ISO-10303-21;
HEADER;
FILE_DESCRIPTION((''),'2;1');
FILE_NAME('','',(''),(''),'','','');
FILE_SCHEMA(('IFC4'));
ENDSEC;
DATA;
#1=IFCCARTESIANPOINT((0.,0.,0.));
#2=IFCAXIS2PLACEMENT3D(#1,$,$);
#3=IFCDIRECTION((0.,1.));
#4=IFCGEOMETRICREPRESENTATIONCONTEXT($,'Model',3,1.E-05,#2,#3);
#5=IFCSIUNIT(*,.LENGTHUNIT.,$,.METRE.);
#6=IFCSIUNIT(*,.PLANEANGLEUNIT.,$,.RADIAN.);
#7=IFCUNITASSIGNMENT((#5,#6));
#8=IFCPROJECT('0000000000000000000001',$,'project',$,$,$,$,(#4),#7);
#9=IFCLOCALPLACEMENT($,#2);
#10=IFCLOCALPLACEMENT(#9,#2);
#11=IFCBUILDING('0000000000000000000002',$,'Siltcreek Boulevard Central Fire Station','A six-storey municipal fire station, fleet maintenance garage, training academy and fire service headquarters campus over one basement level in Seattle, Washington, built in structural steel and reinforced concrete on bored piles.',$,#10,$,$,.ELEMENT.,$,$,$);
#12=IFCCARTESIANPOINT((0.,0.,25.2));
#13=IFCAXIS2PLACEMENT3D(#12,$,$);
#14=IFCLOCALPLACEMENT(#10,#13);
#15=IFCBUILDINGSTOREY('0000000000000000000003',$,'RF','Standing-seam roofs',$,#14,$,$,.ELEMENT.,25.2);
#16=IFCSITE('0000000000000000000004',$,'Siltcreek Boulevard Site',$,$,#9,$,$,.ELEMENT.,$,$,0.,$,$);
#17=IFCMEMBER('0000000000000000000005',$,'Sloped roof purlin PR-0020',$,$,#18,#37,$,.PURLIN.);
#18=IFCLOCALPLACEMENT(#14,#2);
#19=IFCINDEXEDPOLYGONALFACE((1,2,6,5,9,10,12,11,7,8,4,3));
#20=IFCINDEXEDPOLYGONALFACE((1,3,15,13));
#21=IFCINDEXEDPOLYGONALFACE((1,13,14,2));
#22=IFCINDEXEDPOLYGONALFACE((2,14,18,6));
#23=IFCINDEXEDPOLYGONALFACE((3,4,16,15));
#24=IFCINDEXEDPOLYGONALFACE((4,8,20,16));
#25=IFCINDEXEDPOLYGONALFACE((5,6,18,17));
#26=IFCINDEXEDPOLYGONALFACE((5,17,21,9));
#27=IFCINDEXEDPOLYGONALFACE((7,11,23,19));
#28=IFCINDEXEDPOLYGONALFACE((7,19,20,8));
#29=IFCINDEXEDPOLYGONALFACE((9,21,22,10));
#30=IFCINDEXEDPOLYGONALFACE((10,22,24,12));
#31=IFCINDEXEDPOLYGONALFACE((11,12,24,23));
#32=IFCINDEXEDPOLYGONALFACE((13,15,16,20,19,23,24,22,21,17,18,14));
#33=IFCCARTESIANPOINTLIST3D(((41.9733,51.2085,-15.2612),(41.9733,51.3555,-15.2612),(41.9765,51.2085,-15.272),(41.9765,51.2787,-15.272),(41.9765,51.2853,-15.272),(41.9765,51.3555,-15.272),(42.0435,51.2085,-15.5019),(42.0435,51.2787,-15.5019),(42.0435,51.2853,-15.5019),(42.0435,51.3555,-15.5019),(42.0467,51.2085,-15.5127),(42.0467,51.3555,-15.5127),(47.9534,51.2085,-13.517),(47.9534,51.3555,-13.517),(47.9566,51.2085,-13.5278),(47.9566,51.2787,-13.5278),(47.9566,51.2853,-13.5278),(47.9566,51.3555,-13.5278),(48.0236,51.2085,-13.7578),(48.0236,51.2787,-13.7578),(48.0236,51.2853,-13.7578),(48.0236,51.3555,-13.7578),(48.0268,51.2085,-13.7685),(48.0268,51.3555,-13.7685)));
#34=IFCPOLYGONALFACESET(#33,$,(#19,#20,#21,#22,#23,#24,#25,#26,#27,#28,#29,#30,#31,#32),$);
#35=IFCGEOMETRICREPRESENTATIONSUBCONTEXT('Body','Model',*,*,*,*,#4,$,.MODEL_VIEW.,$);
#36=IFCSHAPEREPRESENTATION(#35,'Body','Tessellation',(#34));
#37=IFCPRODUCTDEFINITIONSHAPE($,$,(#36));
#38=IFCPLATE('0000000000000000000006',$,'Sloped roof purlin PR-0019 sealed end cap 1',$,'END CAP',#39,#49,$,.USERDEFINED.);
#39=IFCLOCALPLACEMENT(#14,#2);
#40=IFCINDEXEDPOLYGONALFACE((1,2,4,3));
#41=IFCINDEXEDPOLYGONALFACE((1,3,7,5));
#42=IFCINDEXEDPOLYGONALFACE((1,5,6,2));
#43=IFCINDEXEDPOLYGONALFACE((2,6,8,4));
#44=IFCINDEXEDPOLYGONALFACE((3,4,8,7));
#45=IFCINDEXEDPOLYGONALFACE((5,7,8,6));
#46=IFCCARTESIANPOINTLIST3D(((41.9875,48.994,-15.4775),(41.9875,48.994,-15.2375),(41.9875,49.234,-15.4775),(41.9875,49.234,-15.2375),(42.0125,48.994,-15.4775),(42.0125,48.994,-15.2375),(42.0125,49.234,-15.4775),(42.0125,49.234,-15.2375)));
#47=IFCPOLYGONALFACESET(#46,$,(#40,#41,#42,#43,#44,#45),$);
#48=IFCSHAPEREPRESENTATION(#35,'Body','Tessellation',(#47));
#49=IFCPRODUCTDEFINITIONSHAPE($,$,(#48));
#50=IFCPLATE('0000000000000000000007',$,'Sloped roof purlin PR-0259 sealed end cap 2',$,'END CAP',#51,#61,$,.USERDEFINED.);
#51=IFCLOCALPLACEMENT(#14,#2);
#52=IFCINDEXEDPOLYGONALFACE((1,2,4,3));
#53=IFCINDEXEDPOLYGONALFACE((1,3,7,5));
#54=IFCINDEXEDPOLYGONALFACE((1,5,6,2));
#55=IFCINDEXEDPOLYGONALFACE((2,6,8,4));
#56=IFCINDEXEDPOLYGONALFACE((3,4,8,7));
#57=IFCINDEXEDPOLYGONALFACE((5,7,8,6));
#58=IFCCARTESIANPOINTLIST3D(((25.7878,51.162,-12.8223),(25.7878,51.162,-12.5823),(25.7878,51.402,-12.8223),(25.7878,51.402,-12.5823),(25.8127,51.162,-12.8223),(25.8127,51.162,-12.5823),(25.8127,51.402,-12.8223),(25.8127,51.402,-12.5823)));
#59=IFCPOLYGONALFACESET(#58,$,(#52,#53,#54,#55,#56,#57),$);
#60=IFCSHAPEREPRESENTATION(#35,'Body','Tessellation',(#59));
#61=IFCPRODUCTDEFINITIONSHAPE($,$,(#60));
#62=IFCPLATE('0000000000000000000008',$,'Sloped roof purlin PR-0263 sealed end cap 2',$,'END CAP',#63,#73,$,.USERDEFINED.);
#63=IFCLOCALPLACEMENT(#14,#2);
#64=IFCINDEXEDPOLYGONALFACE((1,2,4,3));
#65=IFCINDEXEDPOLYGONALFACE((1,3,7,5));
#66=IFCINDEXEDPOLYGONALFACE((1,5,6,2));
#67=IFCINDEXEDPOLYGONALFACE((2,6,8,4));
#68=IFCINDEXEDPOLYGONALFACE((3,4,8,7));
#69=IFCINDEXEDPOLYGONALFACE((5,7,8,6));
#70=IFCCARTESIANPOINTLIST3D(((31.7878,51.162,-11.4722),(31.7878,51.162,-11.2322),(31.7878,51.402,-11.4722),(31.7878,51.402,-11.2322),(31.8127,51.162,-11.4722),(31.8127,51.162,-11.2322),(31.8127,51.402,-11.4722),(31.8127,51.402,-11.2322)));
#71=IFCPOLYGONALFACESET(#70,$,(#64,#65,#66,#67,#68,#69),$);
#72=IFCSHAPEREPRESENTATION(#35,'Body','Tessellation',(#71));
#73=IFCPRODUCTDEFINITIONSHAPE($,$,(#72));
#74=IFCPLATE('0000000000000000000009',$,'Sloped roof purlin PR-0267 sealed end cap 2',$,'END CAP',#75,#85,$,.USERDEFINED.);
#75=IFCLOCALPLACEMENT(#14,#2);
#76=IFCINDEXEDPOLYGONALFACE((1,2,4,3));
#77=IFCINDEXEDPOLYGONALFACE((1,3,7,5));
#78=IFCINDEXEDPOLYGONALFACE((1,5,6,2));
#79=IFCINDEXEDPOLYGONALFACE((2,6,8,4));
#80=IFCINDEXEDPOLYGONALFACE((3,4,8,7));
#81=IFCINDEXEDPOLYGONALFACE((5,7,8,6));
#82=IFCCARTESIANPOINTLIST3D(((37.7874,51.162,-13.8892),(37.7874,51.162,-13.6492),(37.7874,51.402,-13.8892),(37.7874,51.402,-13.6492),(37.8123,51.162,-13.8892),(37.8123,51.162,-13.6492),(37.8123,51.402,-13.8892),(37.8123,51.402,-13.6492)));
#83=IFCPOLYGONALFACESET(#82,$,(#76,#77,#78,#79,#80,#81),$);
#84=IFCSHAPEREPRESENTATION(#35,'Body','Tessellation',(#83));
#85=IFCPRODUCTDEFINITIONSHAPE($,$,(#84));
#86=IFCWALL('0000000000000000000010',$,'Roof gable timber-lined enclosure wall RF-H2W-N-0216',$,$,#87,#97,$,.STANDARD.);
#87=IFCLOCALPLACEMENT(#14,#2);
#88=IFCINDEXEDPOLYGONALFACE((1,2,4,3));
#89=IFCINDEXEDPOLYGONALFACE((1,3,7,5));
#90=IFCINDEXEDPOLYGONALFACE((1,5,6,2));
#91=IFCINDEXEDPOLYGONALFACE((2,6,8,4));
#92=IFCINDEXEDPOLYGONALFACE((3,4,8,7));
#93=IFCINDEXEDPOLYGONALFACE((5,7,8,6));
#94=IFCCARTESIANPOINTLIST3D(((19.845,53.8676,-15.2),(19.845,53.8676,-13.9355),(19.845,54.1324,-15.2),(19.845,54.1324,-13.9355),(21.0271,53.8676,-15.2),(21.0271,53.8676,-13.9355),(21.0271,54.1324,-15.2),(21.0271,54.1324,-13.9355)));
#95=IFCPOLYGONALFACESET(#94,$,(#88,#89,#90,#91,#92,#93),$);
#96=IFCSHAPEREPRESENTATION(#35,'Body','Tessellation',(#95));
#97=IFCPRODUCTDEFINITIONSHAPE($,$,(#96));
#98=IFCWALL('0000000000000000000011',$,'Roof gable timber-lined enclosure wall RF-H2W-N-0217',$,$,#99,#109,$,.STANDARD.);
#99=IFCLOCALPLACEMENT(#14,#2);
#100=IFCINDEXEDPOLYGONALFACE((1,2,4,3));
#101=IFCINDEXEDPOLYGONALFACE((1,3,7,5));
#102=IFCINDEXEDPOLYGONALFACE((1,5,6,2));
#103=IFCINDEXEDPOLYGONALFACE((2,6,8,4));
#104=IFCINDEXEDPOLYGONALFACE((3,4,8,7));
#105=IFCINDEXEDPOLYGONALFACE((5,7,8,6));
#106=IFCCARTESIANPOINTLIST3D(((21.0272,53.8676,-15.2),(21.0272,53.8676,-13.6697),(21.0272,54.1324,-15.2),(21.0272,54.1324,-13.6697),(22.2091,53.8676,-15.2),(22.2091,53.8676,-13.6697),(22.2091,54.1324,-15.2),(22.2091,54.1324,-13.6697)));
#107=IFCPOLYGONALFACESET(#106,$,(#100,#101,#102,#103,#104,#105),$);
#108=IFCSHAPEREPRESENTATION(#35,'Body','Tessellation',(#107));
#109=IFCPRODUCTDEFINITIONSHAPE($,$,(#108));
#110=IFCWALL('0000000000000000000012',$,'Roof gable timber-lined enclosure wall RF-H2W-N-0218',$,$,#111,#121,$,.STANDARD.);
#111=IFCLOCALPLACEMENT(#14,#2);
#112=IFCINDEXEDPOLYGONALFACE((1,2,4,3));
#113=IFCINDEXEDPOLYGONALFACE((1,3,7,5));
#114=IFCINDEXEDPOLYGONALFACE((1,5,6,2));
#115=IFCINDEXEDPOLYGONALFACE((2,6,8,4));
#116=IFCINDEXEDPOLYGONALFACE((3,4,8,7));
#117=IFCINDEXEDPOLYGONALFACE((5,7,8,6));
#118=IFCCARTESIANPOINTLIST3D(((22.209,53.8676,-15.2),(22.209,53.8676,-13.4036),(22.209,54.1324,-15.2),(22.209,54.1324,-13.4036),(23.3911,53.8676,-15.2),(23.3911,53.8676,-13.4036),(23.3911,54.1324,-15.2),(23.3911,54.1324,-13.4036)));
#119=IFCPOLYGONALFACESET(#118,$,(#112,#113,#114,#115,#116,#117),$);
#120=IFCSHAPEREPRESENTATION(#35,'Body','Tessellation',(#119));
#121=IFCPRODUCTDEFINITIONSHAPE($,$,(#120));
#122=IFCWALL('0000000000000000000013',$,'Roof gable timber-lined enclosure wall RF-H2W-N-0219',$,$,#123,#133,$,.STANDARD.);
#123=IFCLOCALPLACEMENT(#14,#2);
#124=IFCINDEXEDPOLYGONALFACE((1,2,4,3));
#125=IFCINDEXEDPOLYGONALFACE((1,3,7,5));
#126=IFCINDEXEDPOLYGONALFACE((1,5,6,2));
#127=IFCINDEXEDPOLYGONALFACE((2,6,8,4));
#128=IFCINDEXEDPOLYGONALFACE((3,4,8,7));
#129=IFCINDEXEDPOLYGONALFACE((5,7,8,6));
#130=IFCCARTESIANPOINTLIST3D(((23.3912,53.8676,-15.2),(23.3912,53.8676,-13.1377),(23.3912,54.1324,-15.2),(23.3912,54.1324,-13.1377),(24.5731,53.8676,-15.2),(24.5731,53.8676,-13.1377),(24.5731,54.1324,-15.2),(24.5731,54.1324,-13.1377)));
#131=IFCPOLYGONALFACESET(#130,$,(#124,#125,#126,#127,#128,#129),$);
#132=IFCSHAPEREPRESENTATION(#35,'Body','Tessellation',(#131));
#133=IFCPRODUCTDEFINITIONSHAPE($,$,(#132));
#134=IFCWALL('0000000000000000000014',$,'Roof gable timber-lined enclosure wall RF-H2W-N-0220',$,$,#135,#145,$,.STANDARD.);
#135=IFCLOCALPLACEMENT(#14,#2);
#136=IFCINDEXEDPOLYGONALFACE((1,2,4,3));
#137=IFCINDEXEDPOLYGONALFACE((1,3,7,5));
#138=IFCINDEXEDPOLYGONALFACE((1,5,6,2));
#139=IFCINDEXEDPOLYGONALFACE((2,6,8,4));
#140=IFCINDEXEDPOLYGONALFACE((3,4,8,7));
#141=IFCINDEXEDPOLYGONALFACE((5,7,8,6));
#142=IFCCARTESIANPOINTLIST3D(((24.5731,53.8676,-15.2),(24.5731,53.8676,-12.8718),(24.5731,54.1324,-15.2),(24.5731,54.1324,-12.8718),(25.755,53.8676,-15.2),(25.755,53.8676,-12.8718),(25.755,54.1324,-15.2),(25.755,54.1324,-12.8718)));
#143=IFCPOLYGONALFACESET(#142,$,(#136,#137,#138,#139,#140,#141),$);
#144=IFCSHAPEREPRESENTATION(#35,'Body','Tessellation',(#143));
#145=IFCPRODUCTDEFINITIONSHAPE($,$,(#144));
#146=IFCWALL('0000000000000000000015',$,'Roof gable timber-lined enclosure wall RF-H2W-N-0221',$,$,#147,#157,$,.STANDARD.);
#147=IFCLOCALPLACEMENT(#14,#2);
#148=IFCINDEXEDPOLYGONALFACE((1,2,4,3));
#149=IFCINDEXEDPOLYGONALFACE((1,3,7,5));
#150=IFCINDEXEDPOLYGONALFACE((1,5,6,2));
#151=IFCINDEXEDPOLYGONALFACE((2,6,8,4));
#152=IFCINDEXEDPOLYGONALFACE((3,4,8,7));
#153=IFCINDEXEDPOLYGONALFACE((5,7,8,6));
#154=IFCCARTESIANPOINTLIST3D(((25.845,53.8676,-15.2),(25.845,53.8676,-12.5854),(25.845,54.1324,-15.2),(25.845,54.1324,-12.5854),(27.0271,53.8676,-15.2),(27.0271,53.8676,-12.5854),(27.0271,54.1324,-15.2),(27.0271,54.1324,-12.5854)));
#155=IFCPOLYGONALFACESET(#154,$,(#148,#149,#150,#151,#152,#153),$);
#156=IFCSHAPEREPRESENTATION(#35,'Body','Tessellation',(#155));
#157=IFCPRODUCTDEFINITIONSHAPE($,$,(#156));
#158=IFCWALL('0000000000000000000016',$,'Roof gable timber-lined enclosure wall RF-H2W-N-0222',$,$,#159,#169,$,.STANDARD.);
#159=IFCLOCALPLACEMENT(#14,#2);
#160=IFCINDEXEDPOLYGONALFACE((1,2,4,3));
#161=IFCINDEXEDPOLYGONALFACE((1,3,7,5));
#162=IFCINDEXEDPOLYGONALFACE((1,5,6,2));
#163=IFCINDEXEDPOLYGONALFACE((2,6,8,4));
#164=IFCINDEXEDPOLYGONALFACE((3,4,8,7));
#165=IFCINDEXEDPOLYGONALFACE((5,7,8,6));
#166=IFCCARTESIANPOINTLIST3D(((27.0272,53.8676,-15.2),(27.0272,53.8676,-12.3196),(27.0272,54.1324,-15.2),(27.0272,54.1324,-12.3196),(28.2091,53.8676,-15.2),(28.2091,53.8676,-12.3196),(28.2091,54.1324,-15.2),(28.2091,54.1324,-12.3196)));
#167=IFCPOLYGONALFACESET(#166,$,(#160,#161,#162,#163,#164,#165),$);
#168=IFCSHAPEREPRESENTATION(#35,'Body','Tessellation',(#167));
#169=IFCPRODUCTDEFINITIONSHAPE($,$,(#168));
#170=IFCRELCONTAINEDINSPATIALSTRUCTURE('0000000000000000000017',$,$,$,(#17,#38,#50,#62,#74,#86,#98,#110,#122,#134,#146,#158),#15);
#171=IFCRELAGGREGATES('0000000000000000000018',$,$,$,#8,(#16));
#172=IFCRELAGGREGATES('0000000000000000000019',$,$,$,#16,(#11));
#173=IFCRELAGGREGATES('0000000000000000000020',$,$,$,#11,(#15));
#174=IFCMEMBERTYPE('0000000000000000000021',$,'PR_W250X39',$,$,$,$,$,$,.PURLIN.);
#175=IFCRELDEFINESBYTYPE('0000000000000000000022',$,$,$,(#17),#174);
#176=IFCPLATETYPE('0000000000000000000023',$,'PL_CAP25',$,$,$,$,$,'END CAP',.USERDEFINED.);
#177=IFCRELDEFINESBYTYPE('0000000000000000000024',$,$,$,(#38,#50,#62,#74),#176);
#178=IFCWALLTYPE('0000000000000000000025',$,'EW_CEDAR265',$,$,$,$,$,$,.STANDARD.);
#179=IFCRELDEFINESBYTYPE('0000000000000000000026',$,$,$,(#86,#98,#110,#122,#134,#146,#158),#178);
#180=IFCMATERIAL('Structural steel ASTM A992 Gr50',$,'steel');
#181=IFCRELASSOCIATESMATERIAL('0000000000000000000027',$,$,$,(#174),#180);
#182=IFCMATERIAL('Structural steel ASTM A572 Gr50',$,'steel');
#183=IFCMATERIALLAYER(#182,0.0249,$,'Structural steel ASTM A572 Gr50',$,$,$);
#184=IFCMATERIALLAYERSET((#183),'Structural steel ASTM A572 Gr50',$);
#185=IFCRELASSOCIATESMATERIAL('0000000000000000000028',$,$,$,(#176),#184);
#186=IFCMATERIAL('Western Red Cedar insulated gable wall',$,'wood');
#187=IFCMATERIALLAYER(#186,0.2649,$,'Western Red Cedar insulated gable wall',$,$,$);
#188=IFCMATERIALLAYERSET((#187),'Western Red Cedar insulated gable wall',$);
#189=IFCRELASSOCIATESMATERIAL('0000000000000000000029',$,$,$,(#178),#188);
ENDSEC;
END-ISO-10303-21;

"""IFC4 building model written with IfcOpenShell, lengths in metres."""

from ifc_helpers import new_model, si_unit, direction, frame, frame_2d, origin, origin_2d, place, context, subcontext, project, spatial, rectangle, i_section, extrude, material, layer, layer_set, material_profile, profile_set, type_object, element, save


model = new_model("IFC4")

# Units and contexts
model_context = context("Model", 3, precision=1e-05, world=origin(), true_north=direction((0.0, 1.0)))
body_context = subcontext(model_context, "Body", "Model", "MODEL_VIEW")
ifc_project = project(units=[si_unit("LENGTHUNIT", "METRE"), si_unit("PLANEANGLEUNIT", "RADIAN")], contexts=[model_context])

# Site, building, storey
site_placement = place(None, origin())
site = spatial("IfcSite", under=ifc_project, at=site_placement, Name="Siltcreek Boulevard Site", CompositionType="ELEMENT", RefElevation=0.0)
building_placement = place(site_placement, origin())
building = spatial("IfcBuilding", under=site, at=building_placement, Name="Siltcreek Boulevard Central Fire Station", Description="A six-storey municipal fire station, fleet maintenance garage, training academy and fire service headquarters campus over one basement level in Seattle, Washington, built in structural steel and reinforced concrete on bored piles.", CompositionType="ELEMENT")
storey_placement = place(building_placement, frame((0.0, 0.0, 25.2)))
storey = spatial("IfcBuildingStorey", under=building, at=storey_placement, Name="RF", Description="Standing-seam roofs", CompositionType="ELEMENT", Elevation=25.2)

# Member
ifc_material_1 = material(Name="Structural steel ASTM A992 Gr50", Category="steel")
ifc_material_profile_1 = material_profile(ifc_material_1, i_section(OverallWidth=0.147, OverallDepth=0.262, WebThickness=0.0066, FlangeThickness=0.0112, at=origin_2d()), Name="W250X39")
ifc_profile_set_1 = profile_set([ifc_material_profile_1], Name="Structural steel ASTM A992 Gr50")
member_type_1 = type_object("IfcMemberType", Name="PR_W250X39", PredefinedType="PURLIN", material=ifc_profile_set_1)
member_1_placement = place(storey_placement, frame((42.01, 51.282, -15.387), z_axis=(0.960001, 0.0, 0.279997), x_axis=(0.0, 1.0, 0.0)))
element("IfcMember", 1, at=member_1_placement, inside=storey, type_object=member_type_1, Name="Sloped roof purlin PR-0020", PredefinedType="PURLIN", context=body_context, shape_type="SweptSolid", body=[
    extrude(i_section(OverallWidth=0.147, OverallDepth=0.262, WebThickness=0.0066, FlangeThickness=0.0112, at=origin_2d()), origin(), (0.0, 0.0, 1.0), 6.2292),
])

# Plates
ifc_material_2 = material(Name="Structural steel ASTM A572 Gr50", Category="steel")
ifc_layer_1 = layer(ifc_material_2, 0.0249, Name="Structural steel ASTM A572 Gr50")
ifc_layer_set_1 = layer_set([ifc_layer_1], Name="Structural steel ASTM A572 Gr50")
plate_type = type_object("IfcPlateType", Name="PL_CAP25", ElementType="END CAP", PredefinedType="USERDEFINED", material=ifc_layer_set_1)
for number, where, z_axis, x_axis, name in (
    (2, (42.0, 49.114, -15.4775), (0.0, 0.0, 1.0), (1.0, 0.0, 0.0), "Sloped roof purlin PR-0019 sealed end cap 1"),
    (3, (25.8003, 51.282, -12.8223), (0.0, 0.0, 1.0), (1.0, 0.0, 0.0), "Sloped roof purlin PR-0259 sealed end cap 2"),
    (4, (31.8003, 51.282, -11.4722), (0.0, 0.0, 1.0), (1.0, 0.0, 0.0), "Sloped roof purlin PR-0263 sealed end cap 2"),
    (5, (37.7998, 51.282, -13.8892), (0.0, 0.0, 1.0), (1.0, 0.0, 0.0), "Sloped roof purlin PR-0267 sealed end cap 2"),
):
    element("IfcPlate", number, at=place(storey_placement, frame(where, z_axis=z_axis, x_axis=x_axis)), inside=storey, type_object=plate_type, Name=name, ObjectType="END CAP", PredefinedType="USERDEFINED", context=body_context, shape_type="SweptSolid", body=[
        extrude(rectangle(XDim=0.0249, YDim=0.24, at=origin_2d()), origin(), (0.0, 0.0, 1.0), 0.24),
    ])

# Walls
ifc_material_3 = material(Name="Western Red Cedar insulated gable wall", Category="wood")
ifc_layer_2 = layer(ifc_material_3, 0.2649, Name="Western Red Cedar insulated gable wall")
ifc_layer_set_2 = layer_set([ifc_layer_2], Name="Western Red Cedar insulated gable wall")
wall_type = type_object("IfcWallType", Name="EW_CEDAR265", PredefinedType="STANDARD", material=ifc_layer_set_2)
wall_1_placement = place(storey_placement, frame((21.0271, 54.0, -15.2), z_axis=(0.0, 0.0, 1.0), x_axis=(-1.0, 0.0, 0.0)))
element("IfcWall", 6, at=wall_1_placement, inside=storey, type_object=wall_type, Name="Roof gable timber-lined enclosure wall RF-H2W-N-0216", PredefinedType="STANDARD", context=body_context, shape_type="SweptSolid", body=[
    extrude(rectangle(XDim=1.1821, YDim=0.2649, at=frame_2d((0.5911, 0.0))), origin(), (0.0, 0.0, 1.0), 1.2644),
])
wall_2_placement = place(storey_placement, frame((22.209, 54.0, -15.2), z_axis=(0.0, 0.0, 1.0), x_axis=(-1.0, 0.0, 0.0)))
element("IfcWall", 7, at=wall_2_placement, inside=storey, type_object=wall_type, Name="Roof gable timber-lined enclosure wall RF-H2W-N-0217", PredefinedType="STANDARD", context=body_context, shape_type="SweptSolid", body=[
    extrude(rectangle(XDim=1.1819, YDim=0.2649, at=frame_2d((0.5908, 0.0))), origin(), (0.0, 0.0, 1.0), 1.5303),
])
wall_3_placement = place(storey_placement, frame((23.3911, 54.0, -15.2), z_axis=(0.0, 0.0, 1.0), x_axis=(-1.0, 0.0, 0.0)))
element("IfcWall", 8, at=wall_3_placement, inside=storey, type_object=wall_type, Name="Roof gable timber-lined enclosure wall RF-H2W-N-0218", PredefinedType="STANDARD", context=body_context, shape_type="SweptSolid", body=[
    extrude(rectangle(XDim=1.1821, YDim=0.2649, at=frame_2d((0.5911, 0.0))), origin(), (0.0, 0.0, 1.0), 1.7964),
])
wall_4_placement = place(storey_placement, frame((24.573, 54.0, -15.2), z_axis=(0.0, 0.0, 1.0), x_axis=(-1.0, 0.0, 0.0)))
element("IfcWall", 9, at=wall_4_placement, inside=storey, type_object=wall_type, Name="Roof gable timber-lined enclosure wall RF-H2W-N-0219", PredefinedType="STANDARD", context=body_context, shape_type="SweptSolid", body=[
    extrude(rectangle(XDim=1.1819, YDim=0.2649, at=frame_2d((0.5908, 0.0))), origin(), (0.0, 0.0, 1.0), 2.0623),
])
wall_5_placement = place(storey_placement, frame((25.7549, 54.0, -15.2), z_axis=(0.0, 0.0, 1.0), x_axis=(-1.0, 0.0, 0.0)))
element("IfcWall", 10, at=wall_5_placement, inside=storey, type_object=wall_type, Name="Roof gable timber-lined enclosure wall RF-H2W-N-0220", PredefinedType="STANDARD", context=body_context, shape_type="SweptSolid", body=[
    extrude(rectangle(XDim=1.1819, YDim=0.2649, at=frame_2d((0.5908, 0.0))), origin(), (0.0, 0.0, 1.0), 2.3281),
])
wall_6_placement = place(storey_placement, frame((27.0271, 54.0, -15.2), z_axis=(0.0, 0.0, 1.0), x_axis=(-1.0, 0.0, 0.0)))
element("IfcWall", 11, at=wall_6_placement, inside=storey, type_object=wall_type, Name="Roof gable timber-lined enclosure wall RF-H2W-N-0221", PredefinedType="STANDARD", context=body_context, shape_type="SweptSolid", body=[
    extrude(rectangle(XDim=1.1821, YDim=0.2649, at=frame_2d((0.5911, 0.0))), origin(), (0.0, 0.0, 1.0), 2.6145),
])
wall_7_placement = place(storey_placement, frame((28.209, 54.0, -15.2), z_axis=(0.0, 0.0, 1.0), x_axis=(-1.0, 0.0, 0.0)))
element("IfcWall", 12, at=wall_7_placement, inside=storey, type_object=wall_type, Name="Roof gable timber-lined enclosure wall RF-H2W-N-0222", PredefinedType="STANDARD", context=body_context, shape_type="SweptSolid", body=[
    extrude(rectangle(XDim=1.1819, YDim=0.2649, at=frame_2d((0.5908, 0.0))), origin(), (0.0, 0.0, 1.0), 2.8804),
])

save(model, "model.ifc")
